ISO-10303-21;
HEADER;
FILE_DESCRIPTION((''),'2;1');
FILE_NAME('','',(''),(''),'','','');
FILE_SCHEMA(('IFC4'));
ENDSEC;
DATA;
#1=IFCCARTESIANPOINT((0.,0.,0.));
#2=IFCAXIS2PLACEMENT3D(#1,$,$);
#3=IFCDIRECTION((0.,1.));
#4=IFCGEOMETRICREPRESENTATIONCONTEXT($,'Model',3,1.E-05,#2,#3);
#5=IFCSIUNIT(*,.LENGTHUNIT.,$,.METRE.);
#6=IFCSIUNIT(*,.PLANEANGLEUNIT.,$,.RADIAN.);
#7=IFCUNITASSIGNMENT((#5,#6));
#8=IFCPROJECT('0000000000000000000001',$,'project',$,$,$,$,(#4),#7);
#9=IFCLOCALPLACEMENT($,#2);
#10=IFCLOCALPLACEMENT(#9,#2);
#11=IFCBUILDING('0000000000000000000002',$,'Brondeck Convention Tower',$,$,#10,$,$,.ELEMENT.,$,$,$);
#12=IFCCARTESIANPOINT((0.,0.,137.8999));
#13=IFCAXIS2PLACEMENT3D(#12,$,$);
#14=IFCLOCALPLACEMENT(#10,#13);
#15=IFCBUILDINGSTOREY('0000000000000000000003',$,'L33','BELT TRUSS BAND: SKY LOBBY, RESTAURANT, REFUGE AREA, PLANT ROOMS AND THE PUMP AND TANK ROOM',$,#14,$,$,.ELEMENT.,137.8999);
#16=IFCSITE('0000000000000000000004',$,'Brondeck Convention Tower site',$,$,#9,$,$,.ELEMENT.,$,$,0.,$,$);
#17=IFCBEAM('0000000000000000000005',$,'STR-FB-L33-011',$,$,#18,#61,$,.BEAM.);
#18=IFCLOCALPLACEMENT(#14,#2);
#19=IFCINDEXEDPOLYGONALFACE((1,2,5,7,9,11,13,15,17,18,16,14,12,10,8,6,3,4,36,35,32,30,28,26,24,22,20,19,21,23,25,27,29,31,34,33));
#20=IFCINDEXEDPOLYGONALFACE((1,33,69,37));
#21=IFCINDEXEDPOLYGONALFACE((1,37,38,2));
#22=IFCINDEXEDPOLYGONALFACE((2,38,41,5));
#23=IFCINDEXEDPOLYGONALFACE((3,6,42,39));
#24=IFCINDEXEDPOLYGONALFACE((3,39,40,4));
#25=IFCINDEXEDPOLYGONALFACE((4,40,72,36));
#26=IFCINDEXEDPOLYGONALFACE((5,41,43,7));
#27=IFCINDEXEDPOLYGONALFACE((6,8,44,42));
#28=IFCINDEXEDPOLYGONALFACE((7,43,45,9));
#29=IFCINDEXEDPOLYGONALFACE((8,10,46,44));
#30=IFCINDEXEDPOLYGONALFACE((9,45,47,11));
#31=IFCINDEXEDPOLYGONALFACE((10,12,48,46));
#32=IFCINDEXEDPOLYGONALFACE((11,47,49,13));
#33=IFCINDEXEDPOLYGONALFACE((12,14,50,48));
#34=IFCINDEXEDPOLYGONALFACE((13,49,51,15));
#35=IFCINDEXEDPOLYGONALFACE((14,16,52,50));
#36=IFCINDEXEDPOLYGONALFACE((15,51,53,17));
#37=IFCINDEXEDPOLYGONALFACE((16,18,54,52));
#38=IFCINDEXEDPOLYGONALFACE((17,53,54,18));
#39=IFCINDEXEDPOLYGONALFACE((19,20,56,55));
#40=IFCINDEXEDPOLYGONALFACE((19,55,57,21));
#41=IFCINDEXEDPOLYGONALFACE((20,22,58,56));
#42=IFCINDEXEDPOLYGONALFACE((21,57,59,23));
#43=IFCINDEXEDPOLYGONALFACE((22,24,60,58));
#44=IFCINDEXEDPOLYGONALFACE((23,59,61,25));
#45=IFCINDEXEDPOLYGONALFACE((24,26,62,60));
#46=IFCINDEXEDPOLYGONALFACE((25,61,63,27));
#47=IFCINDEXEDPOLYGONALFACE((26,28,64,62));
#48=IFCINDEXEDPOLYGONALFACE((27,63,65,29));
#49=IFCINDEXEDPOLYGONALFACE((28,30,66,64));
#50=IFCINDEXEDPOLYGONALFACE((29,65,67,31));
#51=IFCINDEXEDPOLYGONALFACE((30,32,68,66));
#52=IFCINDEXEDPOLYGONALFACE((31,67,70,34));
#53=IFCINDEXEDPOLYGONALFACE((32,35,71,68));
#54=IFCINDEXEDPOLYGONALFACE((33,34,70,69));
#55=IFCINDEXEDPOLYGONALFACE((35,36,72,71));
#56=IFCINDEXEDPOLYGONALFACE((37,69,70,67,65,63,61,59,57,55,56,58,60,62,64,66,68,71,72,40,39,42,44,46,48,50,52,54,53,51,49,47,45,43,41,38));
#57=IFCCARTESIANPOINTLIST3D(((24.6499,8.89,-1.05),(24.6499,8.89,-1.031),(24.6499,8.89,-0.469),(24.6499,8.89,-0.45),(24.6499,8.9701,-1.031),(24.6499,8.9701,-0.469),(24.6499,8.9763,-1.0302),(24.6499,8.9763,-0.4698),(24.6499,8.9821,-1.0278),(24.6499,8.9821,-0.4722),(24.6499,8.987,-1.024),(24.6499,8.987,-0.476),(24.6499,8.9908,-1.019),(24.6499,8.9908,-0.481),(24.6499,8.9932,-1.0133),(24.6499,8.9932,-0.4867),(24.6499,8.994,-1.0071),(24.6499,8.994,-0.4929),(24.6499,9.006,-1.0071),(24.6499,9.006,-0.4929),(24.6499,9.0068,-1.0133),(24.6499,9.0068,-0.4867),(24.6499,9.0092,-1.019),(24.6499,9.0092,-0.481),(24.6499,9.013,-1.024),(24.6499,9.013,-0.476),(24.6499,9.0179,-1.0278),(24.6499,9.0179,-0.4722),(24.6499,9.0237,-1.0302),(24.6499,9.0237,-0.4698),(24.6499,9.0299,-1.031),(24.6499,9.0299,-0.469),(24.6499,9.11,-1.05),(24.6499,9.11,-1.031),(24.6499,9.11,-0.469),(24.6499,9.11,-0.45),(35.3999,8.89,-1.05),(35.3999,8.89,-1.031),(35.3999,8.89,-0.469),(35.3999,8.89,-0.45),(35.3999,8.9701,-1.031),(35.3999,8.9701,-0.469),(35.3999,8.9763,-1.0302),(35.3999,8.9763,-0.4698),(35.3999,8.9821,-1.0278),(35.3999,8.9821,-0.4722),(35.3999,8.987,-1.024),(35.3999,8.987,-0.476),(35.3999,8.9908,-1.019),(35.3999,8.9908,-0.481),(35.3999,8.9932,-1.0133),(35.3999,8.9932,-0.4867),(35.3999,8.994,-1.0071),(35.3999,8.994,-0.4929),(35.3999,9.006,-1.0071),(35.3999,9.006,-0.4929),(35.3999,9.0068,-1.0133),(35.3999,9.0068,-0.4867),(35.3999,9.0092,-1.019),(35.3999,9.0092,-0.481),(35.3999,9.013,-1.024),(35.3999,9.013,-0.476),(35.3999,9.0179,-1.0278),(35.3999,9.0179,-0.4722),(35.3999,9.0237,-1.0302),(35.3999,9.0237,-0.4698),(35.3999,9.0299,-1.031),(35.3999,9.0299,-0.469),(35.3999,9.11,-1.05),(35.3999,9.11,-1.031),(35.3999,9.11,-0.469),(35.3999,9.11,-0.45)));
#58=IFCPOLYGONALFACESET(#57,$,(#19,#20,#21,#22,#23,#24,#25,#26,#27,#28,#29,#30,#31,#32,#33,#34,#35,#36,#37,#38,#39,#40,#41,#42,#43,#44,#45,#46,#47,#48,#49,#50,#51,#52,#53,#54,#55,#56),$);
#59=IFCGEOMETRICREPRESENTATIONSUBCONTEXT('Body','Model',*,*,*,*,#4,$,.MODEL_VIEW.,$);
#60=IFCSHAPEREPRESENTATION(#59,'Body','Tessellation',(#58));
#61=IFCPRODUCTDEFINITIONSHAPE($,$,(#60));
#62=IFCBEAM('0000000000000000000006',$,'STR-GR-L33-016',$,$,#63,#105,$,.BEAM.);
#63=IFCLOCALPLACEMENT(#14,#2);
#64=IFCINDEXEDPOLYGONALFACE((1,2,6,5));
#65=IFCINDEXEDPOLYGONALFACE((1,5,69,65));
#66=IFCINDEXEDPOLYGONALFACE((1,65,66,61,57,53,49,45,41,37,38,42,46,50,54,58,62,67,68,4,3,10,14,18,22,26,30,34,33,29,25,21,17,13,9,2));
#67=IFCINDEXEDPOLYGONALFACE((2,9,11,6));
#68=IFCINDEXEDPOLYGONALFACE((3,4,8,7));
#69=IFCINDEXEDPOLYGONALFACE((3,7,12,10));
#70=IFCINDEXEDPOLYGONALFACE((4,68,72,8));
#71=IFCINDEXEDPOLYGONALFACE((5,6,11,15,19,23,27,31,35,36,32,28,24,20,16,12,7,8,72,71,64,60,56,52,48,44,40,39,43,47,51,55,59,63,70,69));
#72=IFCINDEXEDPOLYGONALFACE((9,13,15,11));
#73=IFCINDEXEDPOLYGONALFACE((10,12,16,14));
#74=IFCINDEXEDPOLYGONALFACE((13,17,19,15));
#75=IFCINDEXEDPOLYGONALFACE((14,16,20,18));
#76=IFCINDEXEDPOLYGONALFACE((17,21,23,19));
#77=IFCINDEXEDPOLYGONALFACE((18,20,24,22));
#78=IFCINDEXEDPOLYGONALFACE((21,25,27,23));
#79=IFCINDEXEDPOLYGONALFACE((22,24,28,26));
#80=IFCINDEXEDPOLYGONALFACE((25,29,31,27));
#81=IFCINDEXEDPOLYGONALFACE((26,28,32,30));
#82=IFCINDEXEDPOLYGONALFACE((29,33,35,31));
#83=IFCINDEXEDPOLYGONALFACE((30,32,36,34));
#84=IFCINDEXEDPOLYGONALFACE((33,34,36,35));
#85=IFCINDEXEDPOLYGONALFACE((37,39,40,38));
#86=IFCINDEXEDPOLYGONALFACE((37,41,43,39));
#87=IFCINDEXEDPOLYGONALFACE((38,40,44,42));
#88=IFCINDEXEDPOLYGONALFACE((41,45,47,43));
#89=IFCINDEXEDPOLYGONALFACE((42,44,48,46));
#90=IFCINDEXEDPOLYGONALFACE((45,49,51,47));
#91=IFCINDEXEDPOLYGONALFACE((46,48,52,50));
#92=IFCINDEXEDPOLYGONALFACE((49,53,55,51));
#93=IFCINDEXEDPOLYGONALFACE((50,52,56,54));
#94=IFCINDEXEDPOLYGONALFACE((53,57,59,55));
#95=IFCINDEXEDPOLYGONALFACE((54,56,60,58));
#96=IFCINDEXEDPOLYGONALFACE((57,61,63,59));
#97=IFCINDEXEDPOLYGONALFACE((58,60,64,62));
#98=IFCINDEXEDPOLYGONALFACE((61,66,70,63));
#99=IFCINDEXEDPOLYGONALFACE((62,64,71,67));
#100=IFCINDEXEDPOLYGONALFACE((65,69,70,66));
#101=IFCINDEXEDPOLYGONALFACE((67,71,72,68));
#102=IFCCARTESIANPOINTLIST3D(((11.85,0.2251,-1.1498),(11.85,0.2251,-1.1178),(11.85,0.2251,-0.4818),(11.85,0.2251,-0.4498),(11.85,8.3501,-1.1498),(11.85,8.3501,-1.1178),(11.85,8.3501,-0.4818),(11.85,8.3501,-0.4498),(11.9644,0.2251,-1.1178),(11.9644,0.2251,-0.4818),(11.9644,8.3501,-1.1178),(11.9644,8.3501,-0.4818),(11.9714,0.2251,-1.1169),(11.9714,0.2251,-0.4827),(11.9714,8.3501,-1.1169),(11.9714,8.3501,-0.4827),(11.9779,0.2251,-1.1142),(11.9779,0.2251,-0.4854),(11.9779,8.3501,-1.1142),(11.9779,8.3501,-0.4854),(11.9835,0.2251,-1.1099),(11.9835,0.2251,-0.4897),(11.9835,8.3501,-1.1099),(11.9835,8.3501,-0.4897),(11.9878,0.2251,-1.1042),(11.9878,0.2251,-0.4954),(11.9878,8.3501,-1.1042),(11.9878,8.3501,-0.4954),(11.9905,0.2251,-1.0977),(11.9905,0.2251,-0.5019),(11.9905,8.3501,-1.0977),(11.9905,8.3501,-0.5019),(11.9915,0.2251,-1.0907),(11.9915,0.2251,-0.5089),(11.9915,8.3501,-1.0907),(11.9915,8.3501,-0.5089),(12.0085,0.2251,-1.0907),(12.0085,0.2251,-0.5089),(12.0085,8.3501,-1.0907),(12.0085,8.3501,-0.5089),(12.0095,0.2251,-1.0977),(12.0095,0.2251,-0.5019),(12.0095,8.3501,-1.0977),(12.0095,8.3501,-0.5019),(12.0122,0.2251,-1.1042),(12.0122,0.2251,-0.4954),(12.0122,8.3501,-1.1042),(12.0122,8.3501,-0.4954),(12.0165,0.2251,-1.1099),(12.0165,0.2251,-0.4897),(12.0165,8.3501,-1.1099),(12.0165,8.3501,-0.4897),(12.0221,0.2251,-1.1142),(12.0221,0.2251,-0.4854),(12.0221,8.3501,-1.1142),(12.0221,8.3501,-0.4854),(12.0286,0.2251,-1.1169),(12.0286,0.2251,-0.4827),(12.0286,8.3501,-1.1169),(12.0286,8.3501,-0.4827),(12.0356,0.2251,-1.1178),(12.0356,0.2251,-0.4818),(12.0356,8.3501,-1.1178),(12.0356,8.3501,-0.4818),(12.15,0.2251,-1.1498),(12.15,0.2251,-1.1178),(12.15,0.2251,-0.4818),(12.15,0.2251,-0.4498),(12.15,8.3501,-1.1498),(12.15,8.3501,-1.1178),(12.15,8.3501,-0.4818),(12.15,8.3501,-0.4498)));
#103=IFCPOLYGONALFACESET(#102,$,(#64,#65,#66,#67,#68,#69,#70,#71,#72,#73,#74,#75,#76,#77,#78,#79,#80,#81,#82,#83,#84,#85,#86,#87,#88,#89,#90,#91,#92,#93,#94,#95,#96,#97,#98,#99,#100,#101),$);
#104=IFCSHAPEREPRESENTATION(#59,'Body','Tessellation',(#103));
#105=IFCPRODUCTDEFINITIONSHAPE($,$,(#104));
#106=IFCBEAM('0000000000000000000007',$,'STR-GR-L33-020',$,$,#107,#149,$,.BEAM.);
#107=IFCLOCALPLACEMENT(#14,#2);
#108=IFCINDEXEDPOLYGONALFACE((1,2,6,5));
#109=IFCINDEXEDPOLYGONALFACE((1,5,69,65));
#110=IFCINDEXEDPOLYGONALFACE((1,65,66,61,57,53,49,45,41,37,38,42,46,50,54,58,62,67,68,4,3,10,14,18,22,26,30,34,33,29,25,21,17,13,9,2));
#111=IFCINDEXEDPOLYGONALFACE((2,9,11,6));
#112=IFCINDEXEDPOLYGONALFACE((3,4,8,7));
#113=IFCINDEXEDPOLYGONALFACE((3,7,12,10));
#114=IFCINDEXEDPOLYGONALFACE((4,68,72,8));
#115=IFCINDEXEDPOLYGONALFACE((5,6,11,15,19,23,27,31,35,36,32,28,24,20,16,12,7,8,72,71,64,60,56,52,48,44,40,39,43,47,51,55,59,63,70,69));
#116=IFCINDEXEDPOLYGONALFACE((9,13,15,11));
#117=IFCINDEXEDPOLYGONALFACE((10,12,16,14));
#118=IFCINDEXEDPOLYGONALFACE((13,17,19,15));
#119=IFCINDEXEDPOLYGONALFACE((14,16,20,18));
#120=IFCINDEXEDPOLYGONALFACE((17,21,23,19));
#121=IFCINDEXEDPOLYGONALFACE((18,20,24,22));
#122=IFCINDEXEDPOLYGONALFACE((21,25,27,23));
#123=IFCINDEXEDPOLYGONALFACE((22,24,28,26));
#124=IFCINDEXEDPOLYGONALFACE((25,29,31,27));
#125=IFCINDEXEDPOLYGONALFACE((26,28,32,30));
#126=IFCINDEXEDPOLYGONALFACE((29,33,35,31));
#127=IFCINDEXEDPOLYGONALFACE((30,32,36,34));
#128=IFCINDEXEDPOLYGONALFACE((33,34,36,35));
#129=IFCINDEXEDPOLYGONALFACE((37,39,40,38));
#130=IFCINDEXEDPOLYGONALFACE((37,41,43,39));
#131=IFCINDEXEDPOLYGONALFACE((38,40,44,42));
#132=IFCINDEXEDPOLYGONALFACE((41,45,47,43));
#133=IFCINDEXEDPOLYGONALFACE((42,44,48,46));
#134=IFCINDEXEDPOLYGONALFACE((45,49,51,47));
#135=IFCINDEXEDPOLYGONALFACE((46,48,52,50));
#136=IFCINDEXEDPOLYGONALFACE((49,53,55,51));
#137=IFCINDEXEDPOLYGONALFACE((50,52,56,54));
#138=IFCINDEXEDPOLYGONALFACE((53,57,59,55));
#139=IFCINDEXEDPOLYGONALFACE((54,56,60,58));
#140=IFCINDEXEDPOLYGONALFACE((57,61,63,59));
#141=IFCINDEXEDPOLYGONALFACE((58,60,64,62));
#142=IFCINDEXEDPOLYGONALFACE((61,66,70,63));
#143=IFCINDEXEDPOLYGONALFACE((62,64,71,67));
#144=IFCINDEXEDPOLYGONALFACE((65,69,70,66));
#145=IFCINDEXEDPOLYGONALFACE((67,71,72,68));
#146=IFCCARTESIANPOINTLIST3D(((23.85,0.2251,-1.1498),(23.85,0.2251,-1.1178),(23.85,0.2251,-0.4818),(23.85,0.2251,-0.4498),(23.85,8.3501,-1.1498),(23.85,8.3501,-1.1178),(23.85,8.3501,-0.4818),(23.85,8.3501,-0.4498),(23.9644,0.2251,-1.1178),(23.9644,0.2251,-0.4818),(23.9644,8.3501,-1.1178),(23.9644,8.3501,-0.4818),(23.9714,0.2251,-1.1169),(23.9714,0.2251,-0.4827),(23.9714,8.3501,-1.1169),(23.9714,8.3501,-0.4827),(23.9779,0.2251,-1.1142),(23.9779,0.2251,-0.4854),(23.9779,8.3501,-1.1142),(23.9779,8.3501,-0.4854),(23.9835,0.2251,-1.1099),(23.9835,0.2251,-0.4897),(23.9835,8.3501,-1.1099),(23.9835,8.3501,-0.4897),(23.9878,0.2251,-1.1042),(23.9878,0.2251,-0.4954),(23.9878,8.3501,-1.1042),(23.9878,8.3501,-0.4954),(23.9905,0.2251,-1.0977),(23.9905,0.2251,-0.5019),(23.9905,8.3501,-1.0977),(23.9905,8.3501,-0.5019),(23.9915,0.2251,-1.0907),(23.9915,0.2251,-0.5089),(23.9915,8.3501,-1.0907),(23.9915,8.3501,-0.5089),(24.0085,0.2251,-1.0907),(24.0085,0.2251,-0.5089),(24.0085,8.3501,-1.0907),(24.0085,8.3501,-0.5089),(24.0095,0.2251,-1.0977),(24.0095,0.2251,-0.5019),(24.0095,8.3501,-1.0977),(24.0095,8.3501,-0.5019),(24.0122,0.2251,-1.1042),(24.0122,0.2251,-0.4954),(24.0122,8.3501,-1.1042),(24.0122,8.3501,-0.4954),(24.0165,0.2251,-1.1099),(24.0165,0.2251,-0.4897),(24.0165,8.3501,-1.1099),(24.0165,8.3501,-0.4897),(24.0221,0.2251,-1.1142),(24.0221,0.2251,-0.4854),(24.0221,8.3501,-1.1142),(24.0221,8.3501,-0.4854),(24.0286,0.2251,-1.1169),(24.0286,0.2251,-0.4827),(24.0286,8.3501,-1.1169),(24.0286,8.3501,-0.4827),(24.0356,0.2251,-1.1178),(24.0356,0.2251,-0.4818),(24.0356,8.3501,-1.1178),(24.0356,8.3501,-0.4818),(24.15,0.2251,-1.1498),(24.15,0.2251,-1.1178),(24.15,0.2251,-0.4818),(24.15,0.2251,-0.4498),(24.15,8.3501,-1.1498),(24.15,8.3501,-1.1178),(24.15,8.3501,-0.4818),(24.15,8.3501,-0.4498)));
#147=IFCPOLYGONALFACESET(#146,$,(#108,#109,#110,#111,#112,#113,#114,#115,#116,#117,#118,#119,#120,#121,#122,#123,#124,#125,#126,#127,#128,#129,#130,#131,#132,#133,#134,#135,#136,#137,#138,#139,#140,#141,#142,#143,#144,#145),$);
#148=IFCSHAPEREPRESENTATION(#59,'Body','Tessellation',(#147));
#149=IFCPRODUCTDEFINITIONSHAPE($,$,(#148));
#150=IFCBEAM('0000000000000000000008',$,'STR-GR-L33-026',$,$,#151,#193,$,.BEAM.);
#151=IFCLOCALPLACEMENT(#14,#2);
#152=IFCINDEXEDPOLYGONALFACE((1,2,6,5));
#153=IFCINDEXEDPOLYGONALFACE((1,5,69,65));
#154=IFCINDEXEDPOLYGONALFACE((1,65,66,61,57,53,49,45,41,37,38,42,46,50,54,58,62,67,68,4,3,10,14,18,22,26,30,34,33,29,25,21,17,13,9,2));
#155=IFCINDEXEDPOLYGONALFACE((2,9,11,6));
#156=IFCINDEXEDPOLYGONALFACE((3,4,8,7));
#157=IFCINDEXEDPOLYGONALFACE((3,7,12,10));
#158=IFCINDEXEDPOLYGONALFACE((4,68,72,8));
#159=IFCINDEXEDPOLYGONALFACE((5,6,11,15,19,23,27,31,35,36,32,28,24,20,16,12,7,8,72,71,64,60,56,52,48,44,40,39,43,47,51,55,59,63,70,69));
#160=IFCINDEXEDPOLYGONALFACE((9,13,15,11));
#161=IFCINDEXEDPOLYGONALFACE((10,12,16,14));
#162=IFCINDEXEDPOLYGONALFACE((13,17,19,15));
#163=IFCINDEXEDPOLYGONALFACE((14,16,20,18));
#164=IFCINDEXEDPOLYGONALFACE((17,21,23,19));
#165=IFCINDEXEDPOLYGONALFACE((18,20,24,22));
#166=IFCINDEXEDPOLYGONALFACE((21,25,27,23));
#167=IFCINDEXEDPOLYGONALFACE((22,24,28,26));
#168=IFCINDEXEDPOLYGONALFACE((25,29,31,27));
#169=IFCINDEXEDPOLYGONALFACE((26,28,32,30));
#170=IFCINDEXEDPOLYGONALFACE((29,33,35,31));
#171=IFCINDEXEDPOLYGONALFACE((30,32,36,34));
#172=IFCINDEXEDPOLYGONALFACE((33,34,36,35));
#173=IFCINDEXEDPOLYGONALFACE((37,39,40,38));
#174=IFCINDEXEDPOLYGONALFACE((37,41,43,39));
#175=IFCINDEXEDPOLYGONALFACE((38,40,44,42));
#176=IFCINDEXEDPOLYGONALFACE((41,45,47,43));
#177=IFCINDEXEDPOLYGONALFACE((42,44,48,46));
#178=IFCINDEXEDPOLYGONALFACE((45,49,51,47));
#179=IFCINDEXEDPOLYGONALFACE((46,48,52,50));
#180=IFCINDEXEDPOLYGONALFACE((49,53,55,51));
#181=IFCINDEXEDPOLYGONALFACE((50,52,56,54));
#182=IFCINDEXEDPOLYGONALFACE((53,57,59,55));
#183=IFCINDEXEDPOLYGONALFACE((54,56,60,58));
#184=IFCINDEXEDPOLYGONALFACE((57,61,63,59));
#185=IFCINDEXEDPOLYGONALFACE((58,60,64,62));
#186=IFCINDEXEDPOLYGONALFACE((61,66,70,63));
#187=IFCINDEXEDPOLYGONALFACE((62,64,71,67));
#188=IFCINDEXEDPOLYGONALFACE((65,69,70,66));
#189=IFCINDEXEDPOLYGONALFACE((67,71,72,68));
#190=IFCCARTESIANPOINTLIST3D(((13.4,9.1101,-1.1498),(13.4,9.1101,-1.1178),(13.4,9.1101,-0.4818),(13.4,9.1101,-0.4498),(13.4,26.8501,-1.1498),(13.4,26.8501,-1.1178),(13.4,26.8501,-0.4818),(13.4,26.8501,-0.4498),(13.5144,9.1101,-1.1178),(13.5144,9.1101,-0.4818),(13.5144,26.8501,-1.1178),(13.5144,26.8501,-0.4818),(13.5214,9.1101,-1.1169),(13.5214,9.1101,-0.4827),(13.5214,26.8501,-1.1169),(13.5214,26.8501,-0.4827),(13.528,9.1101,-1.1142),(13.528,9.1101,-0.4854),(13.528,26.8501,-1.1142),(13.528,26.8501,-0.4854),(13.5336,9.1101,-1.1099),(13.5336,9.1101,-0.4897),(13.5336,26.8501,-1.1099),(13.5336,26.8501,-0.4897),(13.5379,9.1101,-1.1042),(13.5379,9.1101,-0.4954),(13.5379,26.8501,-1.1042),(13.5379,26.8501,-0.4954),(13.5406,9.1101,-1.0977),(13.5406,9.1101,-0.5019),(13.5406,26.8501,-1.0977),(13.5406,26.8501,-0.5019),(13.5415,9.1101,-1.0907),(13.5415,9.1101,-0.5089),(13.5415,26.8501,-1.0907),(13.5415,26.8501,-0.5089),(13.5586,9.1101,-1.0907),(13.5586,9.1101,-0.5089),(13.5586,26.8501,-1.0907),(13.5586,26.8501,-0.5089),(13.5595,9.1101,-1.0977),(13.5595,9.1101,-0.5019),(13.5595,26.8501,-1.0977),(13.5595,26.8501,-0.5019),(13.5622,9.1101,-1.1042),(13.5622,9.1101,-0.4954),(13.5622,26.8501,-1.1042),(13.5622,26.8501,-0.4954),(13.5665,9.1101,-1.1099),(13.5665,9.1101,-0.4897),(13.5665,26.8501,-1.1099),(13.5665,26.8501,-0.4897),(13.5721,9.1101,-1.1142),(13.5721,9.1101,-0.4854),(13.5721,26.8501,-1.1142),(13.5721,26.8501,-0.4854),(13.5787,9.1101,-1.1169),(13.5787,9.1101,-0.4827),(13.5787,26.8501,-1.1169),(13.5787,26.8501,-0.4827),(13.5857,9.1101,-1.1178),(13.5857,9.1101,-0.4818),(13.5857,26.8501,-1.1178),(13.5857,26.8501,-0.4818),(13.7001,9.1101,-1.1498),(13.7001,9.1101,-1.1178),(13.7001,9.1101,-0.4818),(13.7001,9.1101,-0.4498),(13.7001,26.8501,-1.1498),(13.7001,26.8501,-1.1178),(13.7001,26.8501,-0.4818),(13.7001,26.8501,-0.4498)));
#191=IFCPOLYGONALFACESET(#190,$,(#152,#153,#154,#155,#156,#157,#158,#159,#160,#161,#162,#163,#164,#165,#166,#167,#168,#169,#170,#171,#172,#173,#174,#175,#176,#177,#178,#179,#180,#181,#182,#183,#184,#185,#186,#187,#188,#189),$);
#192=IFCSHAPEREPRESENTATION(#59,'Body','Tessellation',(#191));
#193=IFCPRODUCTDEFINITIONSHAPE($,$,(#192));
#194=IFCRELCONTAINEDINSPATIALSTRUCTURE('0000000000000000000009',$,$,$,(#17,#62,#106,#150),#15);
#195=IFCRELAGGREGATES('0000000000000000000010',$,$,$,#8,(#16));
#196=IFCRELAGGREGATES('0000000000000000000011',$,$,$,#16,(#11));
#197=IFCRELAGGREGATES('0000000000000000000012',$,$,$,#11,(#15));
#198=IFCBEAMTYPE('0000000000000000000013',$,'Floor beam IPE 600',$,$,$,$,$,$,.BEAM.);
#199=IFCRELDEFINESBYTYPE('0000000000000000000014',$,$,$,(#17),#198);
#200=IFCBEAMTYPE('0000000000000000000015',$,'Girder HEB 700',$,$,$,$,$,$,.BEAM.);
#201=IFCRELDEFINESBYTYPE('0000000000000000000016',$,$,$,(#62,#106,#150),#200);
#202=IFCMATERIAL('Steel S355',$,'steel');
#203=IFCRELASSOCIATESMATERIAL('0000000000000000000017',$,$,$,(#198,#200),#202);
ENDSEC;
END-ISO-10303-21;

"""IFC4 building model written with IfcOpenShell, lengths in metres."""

from ifc_helpers import new_model, si_unit, direction, frame, origin, origin_2d, place, context, subcontext, project, spatial, i_section, extrude, material, material_profile, profile_set, type_object, element, save


model = new_model("IFC4")

# Units and contexts
model_context = context("Model", 3, precision=1e-05, world=origin(), true_north=direction((0.0, 1.0)))
body_context = subcontext(model_context, "Body", "Model", "MODEL_VIEW")
ifc_project = project(units=[si_unit("LENGTHUNIT", "METRE"), si_unit("PLANEANGLEUNIT", "RADIAN")], contexts=[model_context])

# Site, building, storey
site_placement = place(None, origin())
site = spatial("IfcSite", under=ifc_project, at=site_placement, Name="Brondeck Convention Tower site", CompositionType="ELEMENT", RefElevation=0.0)
building_placement = place(site_placement, origin())
building = spatial("IfcBuilding", under=site, at=building_placement, Name="Brondeck Convention Tower", CompositionType="ELEMENT")
storey_placement = place(building_placement, frame((0.0, 0.0, 137.8999)))
storey = spatial("IfcBuildingStorey", under=building, at=storey_placement, Name="L33", Description="BELT TRUSS BAND: SKY LOBBY, RESTAURANT, REFUGE AREA, PLANT ROOMS AND THE PUMP AND TANK ROOM", CompositionType="ELEMENT", Elevation=137.8999)

# Beams
ifc_material_1 = material(Name="Steel S355", Category="steel")
ifc_material_profile_1 = material_profile(ifc_material_1, i_section(OverallWidth=0.22, OverallDepth=0.6001, WebThickness=0.012, FlangeThickness=0.019, FilletRadius=0.0239, at=origin_2d()), Name="IPE 600")
ifc_profile_set_1 = profile_set([ifc_material_profile_1], Name="Steel S355")
beam_type_1 = type_object("IfcBeamType", Name="Floor beam IPE 600", PredefinedType="BEAM", material=ifc_profile_set_1)
beam_1_placement = place(storey_placement, frame((24.6499, 9.0, -0.75), z_axis=(1.0, 0.0, 0.0), x_axis=(0.0, 1.0, 0.0)))
element("IfcBeam", 1, at=beam_1_placement, inside=storey, type_object=beam_type_1, Name="STR-FB-L33-011", PredefinedType="BEAM", context=body_context, shape_type="SweptSolid", body=[
    extrude(i_section(OverallWidth=0.22, OverallDepth=0.6001, WebThickness=0.012, FlangeThickness=0.019, FilletRadius=0.0239, at=origin_2d()), origin(), (0.0, 0.0, 1.0), 10.75),
])
ifc_material_profile_2 = material_profile(ifc_material_1, i_section(OverallWidth=0.3, OverallDepth=0.7, WebThickness=0.0171, FlangeThickness=0.032, FilletRadius=0.0271, at=origin_2d()), Name="HEB 700")
ifc_profile_set_2 = profile_set([ifc_material_profile_2], Name="Steel S355")
beam_type_2 = type_object("IfcBeamType", Name="Girder HEB 700", PredefinedType="BEAM", material=ifc_profile_set_2)
for number, where, z_axis, x_axis, name in (
    (2, (12.0, 8.3501, -0.7998), (0.0, -1.0, 0.0), (1.0, 0.0, 0.0), "STR-GR-L33-016"),
    (3, (24.0, 8.3501, -0.7998), (0.0, -1.0, 0.0), (1.0, 0.0, 0.0), "STR-GR-L33-020"),
):
    element("IfcBeam", number, at=place(storey_placement, frame(where, z_axis=z_axis, x_axis=x_axis)), inside=storey, type_object=beam_type_2, Name=name, PredefinedType="BEAM", context=body_context, shape_type="SweptSolid", body=[
        extrude(i_section(OverallWidth=0.3, OverallDepth=0.7, WebThickness=0.0171, FlangeThickness=0.032, FilletRadius=0.0271, at=origin_2d()), origin(), (0.0, 0.0, 1.0), 8.125),
    ])
for number, where, z_axis, x_axis, name in (
    (4, (13.55, 9.1101, -0.7998), (0.0, 1.0, 0.0), (-1.0, 0.0, 0.0), "STR-GR-L33-026"),
):
    element("IfcBeam", number, at=place(storey_placement, frame(where, z_axis=z_axis, x_axis=x_axis)), inside=storey, type_object=beam_type_2, Name=name, PredefinedType="BEAM", context=body_context, shape_type="SweptSolid", body=[
        extrude(i_section(OverallWidth=0.3, OverallDepth=0.7, WebThickness=0.0171, FlangeThickness=0.032, FilletRadius=0.0271, at=origin_2d()), origin(), (0.0, 0.0, 1.0), 17.74),
    ])

save(model, "model.ifc")
